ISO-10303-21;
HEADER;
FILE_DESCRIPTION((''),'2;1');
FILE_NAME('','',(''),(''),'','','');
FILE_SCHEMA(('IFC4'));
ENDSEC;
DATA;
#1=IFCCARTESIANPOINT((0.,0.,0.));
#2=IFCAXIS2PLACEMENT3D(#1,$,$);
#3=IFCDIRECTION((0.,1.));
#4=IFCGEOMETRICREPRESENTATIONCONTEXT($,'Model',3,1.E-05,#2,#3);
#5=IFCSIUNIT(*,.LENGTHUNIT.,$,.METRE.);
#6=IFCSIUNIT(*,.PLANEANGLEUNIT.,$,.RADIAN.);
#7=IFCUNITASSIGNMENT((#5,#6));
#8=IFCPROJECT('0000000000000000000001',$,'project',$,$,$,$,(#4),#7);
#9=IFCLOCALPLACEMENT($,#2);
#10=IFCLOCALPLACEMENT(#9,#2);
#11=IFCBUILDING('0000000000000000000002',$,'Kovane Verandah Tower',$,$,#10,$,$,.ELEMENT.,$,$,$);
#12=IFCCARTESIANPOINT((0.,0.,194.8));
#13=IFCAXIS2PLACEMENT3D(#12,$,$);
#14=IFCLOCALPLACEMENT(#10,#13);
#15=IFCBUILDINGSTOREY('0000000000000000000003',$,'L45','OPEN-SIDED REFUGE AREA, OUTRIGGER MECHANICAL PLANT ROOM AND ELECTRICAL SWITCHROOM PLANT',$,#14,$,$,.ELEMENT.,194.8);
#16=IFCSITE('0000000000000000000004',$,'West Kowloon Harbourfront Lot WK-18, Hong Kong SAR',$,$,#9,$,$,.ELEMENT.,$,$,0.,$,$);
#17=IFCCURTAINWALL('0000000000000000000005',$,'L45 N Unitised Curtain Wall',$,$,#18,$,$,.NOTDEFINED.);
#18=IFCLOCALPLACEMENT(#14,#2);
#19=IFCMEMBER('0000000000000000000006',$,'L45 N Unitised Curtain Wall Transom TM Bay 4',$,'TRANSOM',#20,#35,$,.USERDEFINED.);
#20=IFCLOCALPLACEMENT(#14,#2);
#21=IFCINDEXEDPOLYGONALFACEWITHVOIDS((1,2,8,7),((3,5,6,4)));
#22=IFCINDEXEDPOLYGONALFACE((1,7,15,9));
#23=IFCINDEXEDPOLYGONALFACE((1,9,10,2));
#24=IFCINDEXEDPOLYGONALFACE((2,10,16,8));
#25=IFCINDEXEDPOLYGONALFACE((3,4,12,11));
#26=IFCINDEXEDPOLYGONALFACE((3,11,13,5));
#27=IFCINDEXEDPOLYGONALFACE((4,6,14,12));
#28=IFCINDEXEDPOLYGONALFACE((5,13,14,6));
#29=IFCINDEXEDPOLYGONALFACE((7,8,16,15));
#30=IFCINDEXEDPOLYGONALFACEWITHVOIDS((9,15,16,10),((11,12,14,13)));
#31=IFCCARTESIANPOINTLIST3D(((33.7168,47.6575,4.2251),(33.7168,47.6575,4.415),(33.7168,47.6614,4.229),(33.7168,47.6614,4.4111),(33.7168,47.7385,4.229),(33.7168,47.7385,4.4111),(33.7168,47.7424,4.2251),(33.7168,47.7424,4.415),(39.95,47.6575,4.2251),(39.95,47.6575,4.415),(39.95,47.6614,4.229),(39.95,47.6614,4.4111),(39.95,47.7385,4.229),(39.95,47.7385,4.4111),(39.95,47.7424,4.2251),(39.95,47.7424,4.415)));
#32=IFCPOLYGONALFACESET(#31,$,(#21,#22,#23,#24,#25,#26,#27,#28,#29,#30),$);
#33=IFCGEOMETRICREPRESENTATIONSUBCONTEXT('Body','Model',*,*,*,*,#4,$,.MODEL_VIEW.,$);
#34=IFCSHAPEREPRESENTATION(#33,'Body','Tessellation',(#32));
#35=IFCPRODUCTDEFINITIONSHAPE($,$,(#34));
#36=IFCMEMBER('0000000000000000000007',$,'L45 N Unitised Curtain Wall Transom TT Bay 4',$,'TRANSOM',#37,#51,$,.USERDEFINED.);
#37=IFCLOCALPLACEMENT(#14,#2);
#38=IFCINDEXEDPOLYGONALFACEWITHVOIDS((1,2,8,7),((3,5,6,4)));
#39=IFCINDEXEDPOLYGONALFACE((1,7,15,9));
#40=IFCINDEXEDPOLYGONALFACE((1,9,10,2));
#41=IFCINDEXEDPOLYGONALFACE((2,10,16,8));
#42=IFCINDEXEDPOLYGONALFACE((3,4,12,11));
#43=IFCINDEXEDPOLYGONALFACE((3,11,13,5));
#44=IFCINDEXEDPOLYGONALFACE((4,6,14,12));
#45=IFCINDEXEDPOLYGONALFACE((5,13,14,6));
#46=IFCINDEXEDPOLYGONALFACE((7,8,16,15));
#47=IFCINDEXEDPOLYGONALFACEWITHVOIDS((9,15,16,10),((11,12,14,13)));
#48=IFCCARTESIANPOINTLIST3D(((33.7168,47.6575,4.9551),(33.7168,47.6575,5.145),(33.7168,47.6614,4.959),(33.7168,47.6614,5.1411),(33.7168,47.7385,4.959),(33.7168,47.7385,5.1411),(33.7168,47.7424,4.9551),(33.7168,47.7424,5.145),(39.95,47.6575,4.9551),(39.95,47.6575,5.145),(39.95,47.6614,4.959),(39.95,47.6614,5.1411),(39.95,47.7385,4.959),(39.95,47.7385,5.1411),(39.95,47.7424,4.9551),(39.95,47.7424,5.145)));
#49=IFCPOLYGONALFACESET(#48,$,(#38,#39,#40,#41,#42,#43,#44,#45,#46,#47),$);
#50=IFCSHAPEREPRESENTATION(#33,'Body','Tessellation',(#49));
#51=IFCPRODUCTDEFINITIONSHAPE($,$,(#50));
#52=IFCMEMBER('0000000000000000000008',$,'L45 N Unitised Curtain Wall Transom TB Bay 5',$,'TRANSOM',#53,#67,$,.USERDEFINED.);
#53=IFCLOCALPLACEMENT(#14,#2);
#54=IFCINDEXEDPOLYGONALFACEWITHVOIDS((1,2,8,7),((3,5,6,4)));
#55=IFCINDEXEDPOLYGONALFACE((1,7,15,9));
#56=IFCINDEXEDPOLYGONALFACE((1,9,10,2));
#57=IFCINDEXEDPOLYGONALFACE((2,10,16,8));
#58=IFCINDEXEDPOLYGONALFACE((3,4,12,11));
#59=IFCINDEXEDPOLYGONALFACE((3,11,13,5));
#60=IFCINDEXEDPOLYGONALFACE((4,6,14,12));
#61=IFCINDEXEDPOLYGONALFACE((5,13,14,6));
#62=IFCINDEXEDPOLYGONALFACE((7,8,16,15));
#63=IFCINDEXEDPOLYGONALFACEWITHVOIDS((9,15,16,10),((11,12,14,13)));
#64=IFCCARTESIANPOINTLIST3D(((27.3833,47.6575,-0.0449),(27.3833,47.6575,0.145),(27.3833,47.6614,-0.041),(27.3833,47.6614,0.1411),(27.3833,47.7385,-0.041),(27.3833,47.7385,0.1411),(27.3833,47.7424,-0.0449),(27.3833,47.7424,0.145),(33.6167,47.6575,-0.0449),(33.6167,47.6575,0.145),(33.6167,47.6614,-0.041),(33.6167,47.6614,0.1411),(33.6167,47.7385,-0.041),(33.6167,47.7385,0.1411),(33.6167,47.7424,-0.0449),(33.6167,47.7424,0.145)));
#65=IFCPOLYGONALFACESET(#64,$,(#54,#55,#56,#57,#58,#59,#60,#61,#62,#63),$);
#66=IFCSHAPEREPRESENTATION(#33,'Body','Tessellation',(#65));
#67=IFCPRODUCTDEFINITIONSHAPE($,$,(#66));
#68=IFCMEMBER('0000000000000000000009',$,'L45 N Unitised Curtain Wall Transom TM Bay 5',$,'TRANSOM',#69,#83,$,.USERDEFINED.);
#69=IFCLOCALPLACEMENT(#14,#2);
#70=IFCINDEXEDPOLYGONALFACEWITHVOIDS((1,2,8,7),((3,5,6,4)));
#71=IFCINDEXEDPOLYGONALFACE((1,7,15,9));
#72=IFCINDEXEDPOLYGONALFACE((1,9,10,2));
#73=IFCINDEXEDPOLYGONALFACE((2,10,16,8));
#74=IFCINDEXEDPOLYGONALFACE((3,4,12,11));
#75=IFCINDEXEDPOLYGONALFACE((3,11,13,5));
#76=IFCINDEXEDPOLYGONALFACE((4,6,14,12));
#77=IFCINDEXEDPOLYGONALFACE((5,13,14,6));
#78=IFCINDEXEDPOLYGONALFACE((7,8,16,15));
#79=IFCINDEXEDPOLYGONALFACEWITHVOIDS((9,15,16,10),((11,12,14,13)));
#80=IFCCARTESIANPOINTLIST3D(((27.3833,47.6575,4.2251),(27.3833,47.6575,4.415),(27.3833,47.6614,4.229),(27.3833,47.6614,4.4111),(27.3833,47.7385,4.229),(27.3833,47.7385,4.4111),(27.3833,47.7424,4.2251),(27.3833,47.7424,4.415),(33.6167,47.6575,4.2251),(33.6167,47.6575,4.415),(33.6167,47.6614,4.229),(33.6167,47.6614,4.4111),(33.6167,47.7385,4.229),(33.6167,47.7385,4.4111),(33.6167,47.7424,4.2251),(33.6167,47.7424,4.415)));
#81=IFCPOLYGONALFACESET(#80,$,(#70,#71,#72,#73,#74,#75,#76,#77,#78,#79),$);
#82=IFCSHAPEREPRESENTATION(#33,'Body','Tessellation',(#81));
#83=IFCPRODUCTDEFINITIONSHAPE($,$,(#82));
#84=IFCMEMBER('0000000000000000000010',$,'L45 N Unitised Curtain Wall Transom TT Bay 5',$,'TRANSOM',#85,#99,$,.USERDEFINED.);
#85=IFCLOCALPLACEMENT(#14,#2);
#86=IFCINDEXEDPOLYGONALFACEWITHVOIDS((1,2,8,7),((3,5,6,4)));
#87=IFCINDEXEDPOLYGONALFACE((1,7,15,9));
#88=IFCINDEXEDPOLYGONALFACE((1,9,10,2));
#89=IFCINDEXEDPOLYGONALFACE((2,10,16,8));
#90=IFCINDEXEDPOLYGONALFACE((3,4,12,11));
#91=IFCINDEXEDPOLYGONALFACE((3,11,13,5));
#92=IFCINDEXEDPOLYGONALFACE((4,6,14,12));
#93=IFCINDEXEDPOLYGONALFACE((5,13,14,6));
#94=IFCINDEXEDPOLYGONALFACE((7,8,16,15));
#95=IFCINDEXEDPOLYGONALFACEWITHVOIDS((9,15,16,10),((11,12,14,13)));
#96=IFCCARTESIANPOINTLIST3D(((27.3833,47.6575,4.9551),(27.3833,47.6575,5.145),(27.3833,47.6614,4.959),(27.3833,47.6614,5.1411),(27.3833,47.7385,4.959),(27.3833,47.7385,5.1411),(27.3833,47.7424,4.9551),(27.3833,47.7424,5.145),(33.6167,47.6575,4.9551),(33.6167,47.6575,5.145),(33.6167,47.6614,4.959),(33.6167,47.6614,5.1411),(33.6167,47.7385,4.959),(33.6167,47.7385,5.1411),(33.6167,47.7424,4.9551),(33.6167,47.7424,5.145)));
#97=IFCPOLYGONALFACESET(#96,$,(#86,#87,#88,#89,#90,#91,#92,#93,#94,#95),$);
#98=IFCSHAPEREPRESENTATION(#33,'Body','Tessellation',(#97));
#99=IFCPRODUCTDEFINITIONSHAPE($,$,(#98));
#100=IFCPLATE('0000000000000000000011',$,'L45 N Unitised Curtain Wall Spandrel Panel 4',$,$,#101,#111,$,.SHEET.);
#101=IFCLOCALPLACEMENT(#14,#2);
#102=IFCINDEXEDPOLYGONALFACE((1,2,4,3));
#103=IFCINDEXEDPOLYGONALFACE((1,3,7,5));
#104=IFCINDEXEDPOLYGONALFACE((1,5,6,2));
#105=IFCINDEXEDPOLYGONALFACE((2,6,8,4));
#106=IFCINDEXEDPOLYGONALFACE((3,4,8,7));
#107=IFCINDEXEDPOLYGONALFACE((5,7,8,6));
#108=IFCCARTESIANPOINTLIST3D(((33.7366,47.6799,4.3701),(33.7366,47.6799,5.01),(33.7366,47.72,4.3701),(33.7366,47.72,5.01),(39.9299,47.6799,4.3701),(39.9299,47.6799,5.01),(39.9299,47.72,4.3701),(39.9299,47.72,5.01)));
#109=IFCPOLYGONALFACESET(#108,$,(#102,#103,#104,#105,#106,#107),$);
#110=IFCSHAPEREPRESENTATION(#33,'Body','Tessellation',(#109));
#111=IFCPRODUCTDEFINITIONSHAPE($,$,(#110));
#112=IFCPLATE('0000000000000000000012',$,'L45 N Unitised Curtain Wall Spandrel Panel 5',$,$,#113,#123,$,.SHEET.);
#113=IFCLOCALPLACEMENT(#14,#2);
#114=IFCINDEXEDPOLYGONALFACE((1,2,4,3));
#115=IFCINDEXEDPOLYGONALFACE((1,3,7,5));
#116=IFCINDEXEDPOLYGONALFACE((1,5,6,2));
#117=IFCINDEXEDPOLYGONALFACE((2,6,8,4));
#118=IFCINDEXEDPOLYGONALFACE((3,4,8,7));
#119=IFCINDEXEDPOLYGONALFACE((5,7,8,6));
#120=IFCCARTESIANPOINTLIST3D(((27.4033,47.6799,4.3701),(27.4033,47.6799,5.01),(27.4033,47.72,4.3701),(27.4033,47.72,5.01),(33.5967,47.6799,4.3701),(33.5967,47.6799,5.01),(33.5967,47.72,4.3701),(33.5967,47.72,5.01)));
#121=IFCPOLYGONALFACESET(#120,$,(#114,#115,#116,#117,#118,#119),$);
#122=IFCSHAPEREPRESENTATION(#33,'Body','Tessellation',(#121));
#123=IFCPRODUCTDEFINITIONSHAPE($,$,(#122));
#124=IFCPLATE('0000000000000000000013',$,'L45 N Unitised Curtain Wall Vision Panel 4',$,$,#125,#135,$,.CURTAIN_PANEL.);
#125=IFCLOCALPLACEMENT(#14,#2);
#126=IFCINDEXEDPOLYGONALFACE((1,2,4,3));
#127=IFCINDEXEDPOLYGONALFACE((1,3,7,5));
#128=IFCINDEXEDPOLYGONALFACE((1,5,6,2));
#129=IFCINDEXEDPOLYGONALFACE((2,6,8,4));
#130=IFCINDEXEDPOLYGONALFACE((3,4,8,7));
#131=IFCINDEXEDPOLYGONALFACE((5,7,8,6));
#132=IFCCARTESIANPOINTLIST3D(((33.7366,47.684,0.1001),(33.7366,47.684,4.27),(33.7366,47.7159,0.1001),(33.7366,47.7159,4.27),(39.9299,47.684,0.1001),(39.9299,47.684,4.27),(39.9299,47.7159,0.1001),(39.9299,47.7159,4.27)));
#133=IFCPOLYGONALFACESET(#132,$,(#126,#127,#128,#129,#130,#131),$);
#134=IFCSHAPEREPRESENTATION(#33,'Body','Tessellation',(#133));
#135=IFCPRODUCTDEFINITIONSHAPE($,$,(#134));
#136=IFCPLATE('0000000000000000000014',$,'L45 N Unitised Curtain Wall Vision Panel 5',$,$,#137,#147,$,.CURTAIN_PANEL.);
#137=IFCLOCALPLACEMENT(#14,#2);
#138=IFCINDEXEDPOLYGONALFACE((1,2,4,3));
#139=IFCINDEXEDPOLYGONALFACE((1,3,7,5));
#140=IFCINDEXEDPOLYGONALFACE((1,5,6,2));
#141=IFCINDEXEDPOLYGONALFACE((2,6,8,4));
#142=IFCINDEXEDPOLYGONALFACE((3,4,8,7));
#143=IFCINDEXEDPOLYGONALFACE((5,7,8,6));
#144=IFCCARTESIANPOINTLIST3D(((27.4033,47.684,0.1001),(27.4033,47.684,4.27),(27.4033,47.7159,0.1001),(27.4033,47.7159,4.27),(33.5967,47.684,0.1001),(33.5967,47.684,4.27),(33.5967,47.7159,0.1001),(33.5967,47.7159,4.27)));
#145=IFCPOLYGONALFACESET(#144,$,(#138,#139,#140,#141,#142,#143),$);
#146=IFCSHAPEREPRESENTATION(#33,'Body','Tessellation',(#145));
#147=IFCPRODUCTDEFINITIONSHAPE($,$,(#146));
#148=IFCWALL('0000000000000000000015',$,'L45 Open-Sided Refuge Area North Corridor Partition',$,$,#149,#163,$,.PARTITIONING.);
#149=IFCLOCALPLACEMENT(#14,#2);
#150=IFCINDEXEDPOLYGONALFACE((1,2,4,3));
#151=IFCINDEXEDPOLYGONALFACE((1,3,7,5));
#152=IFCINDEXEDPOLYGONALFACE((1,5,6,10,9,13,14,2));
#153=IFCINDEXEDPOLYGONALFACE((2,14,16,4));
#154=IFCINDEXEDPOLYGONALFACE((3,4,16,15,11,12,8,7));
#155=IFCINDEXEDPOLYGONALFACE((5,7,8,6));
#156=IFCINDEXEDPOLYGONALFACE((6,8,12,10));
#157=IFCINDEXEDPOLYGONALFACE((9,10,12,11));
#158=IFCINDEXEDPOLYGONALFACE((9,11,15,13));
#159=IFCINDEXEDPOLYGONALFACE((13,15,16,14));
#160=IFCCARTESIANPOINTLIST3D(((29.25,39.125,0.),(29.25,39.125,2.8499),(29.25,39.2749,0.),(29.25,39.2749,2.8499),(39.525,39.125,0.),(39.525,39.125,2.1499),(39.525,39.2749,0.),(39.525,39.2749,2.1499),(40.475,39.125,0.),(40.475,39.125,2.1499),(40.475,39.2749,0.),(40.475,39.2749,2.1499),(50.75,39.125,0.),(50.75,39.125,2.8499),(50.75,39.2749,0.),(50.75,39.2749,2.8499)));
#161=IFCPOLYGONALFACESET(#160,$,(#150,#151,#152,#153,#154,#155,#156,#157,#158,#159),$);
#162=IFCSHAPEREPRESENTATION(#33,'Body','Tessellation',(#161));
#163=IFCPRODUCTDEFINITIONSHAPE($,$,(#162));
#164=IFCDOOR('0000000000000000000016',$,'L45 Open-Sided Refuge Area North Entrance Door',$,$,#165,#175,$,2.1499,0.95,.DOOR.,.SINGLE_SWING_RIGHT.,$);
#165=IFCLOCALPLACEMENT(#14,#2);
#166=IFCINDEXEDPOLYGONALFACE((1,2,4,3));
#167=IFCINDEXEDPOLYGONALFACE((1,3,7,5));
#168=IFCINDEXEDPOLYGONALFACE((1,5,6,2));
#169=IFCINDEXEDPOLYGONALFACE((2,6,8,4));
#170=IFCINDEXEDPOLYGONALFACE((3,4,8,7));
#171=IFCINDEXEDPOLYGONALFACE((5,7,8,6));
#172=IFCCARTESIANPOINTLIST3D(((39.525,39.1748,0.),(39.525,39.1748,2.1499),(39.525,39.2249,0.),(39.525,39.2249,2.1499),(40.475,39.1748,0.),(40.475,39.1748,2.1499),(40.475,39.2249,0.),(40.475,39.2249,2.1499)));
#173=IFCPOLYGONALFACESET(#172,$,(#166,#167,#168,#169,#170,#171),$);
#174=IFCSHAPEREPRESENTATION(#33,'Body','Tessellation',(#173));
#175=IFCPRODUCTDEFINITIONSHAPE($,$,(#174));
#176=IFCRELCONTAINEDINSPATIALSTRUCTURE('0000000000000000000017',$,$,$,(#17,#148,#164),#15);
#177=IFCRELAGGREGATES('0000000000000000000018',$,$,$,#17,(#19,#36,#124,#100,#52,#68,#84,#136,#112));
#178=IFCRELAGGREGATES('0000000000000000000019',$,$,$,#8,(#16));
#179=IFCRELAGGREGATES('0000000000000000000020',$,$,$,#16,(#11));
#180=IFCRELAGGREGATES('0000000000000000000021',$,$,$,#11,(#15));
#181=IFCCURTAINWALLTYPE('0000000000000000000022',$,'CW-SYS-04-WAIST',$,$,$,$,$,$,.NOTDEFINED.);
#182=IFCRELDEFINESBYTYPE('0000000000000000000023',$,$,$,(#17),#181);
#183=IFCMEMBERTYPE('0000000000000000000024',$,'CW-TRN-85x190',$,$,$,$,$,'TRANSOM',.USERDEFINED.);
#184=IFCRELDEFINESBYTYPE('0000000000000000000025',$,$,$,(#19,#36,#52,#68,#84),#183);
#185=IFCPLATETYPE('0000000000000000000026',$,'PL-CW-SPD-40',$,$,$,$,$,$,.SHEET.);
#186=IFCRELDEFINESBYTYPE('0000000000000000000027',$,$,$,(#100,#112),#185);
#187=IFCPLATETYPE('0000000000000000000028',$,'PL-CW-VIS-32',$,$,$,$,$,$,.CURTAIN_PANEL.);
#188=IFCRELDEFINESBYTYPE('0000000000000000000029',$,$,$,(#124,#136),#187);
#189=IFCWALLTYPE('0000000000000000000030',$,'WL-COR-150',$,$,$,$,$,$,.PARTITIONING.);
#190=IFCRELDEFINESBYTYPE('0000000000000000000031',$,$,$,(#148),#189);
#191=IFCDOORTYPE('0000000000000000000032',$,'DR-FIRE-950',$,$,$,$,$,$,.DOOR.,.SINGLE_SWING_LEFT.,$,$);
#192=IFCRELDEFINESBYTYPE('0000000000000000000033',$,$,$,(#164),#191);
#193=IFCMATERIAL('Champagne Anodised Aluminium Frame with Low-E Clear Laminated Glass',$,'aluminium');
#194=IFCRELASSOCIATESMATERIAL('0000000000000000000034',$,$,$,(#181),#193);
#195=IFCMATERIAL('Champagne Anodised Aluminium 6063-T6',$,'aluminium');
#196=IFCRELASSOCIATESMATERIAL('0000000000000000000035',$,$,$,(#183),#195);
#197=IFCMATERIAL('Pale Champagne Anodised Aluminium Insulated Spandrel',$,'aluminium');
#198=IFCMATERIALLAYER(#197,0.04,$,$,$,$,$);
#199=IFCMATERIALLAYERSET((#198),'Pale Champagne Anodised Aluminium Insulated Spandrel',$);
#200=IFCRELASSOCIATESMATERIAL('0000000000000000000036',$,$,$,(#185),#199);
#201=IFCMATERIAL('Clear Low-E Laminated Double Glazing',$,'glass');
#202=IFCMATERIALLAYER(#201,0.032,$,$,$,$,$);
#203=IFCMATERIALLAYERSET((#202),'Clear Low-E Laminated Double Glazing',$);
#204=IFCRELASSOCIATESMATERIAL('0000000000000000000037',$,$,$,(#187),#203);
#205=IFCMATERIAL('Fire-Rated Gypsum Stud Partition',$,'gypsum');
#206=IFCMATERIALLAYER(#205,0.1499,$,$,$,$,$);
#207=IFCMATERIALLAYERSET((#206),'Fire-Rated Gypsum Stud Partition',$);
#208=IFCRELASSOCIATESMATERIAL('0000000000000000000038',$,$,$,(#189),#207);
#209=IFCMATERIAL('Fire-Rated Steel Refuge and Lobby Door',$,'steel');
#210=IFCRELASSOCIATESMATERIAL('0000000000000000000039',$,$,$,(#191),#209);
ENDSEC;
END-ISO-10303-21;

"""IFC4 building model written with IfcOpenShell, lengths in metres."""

from ifc_helpers import new_model, si_unit, direction, frame, frame_2d, origin, origin_2d, place, context, subcontext, project, spatial, rectangle, hollow_rectangle, extrude, material, layer, layer_set, material_profile, profile_set, type_object, element, fill, aggregate, save


model = new_model("IFC4")

# Units and contexts
model_context = context("Model", 3, precision=1e-05, world=origin(), true_north=direction((0.0, 1.0)))
body_context = subcontext(model_context, "Body", "Model", "MODEL_VIEW")
ifc_project = project(units=[si_unit("LENGTHUNIT", "METRE"), si_unit("PLANEANGLEUNIT", "RADIAN")], contexts=[model_context])

# Site, building, storey
site_placement = place(None, origin())
site = spatial("IfcSite", under=ifc_project, at=site_placement, Name="West Kowloon Harbourfront Lot WK-18, Hong Kong SAR", CompositionType="ELEMENT", RefElevation=0.0)
building_placement = place(site_placement, origin())
building = spatial("IfcBuilding", under=site, at=building_placement, Name="Kovane Verandah Tower", CompositionType="ELEMENT")
storey_placement = place(building_placement, frame((0.0, 0.0, 194.8)))
storey = spatial("IfcBuildingStorey", under=building, at=storey_placement, Name="L45", Description="OPEN-SIDED REFUGE AREA, OUTRIGGER MECHANICAL PLANT ROOM AND ELECTRICAL SWITCHROOM PLANT", CompositionType="ELEMENT", Elevation=194.8)

# Curtain wall, members, plates
ifc_material_1 = material(Name="Champagne Anodised Aluminium Frame with Low-E Clear Laminated Glass", Category="aluminium")
curtain_wall_type = type_object("IfcCurtainWallType", Name="CW-SYS-04-WAIST", PredefinedType="NOTDEFINED", material=ifc_material_1)
curtain_wall_placement = place(storey_placement, origin())
curtain_wall = element("IfcCurtainWall", 1, at=curtain_wall_placement, inside=storey, type_object=curtain_wall_type, Name="L45 N Unitised Curtain Wall", PredefinedType="NOTDEFINED")
ifc_material_2 = material(Name="Champagne Anodised Aluminium 6063-T6", Category="aluminium")
ifc_material_profile_1 = material_profile(ifc_material_2, hollow_rectangle(XDim=0.085, YDim=0.1899, WallThickness=0.0039, at=origin_2d()), Name="AL85x190x4")
ifc_profile_set_1 = profile_set([ifc_material_profile_1], Name="Champagne Anodised Aluminium 6063-T6")
member_type_1 = type_object("IfcMemberType", Name="CW-TRN-85x190", ElementType="TRANSOM", PredefinedType="USERDEFINED", material=ifc_profile_set_1)
member_1_placement = place(storey_placement, frame((39.95, 47.7, 4.3201), z_axis=(-1.0, 0.0, 0.0), x_axis=(0.0, -1.0, 0.0)))
member_1 = element("IfcMember", 2, at=member_1_placement, type_object=member_type_1, Name="L45 N Unitised Curtain Wall Transom TM Bay 4", ObjectType="TRANSOM", PredefinedType="USERDEFINED", context=body_context, shape_type="SweptSolid", body=[
    extrude(hollow_rectangle(XDim=0.085, YDim=0.1899, WallThickness=0.0039, at=origin_2d()), origin(), (0.0, 0.0, 1.0), 6.2332),
])
member_2_placement = place(storey_placement, frame((39.95, 47.7, 5.05), z_axis=(-1.0, 0.0, 0.0), x_axis=(0.0, -1.0, 0.0)))
member_2 = element("IfcMember", 3, at=member_2_placement, type_object=member_type_1, Name="L45 N Unitised Curtain Wall Transom TT Bay 4", ObjectType="TRANSOM", PredefinedType="USERDEFINED", context=body_context, shape_type="SweptSolid", body=[
    extrude(hollow_rectangle(XDim=0.085, YDim=0.1899, WallThickness=0.0039, at=origin_2d()), origin(), (0.0, 0.0, 1.0), 6.2332),
])
member_3_placement = place(storey_placement, frame((33.6167, 47.7, 0.05), z_axis=(-1.0, 0.0, 0.0), x_axis=(0.0, -1.0, 0.0)))
member_3 = element("IfcMember", 4, at=member_3_placement, type_object=member_type_1, Name="L45 N Unitised Curtain Wall Transom TB Bay 5", ObjectType="TRANSOM", PredefinedType="USERDEFINED", context=body_context, shape_type="SweptSolid", body=[
    extrude(hollow_rectangle(XDim=0.085, YDim=0.1899, WallThickness=0.0039, at=origin_2d()), origin(), (0.0, 0.0, 1.0), 6.2334),
])
member_4_placement = place(storey_placement, frame((33.6167, 47.7, 4.3201), z_axis=(-1.0, 0.0, 0.0), x_axis=(0.0, -1.0, 0.0)))
member_4 = element("IfcMember", 5, at=member_4_placement, type_object=member_type_1, Name="L45 N Unitised Curtain Wall Transom TM Bay 5", ObjectType="TRANSOM", PredefinedType="USERDEFINED", context=body_context, shape_type="SweptSolid", body=[
    extrude(hollow_rectangle(XDim=0.085, YDim=0.1899, WallThickness=0.0039, at=origin_2d()), origin(), (0.0, 0.0, 1.0), 6.2334),
])
member_5_placement = place(storey_placement, frame((33.6167, 47.7, 5.05), z_axis=(-1.0, 0.0, 0.0), x_axis=(0.0, -1.0, 0.0)))
member_5 = element("IfcMember", 6, at=member_5_placement, type_object=member_type_1, Name="L45 N Unitised Curtain Wall Transom TT Bay 5", ObjectType="TRANSOM", PredefinedType="USERDEFINED", context=body_context, shape_type="SweptSolid", body=[
    extrude(hollow_rectangle(XDim=0.085, YDim=0.1899, WallThickness=0.0039, at=origin_2d()), origin(), (0.0, 0.0, 1.0), 6.2334),
])
ifc_material_3 = material(Name="Pale Champagne Anodised Aluminium Insulated Spandrel", Category="aluminium")
ifc_layer_1 = layer(ifc_material_3, 0.04)
ifc_layer_set_1 = layer_set([ifc_layer_1], Name="Pale Champagne Anodised Aluminium Insulated Spandrel")
plate_type_1 = type_object("IfcPlateType", Name="PL-CW-SPD-40", PredefinedType="SHEET", material=ifc_layer_set_1)
plate_1_placement = place(storey_placement, frame((36.8333, 47.7, 4.3701), z_axis=(0.0, 0.0, 1.0), x_axis=(-1.0, 0.0, 0.0)))
plate_1 = element("IfcPlate", 7, at=plate_1_placement, type_object=plate_type_1, Name="L45 N Unitised Curtain Wall Spandrel Panel 4", PredefinedType="SHEET", context=body_context, shape_type="SweptSolid", body=[
    extrude(rectangle(XDim=6.1934, YDim=0.04, at=origin_2d()), origin(), (0.0, 0.0, 1.0), 0.6399),
])
plate_2_placement = place(storey_placement, frame((30.5, 47.7, 4.3701), z_axis=(0.0, 0.0, 1.0), x_axis=(-1.0, 0.0, 0.0)))
plate_2 = element("IfcPlate", 8, at=plate_2_placement, type_object=plate_type_1, Name="L45 N Unitised Curtain Wall Spandrel Panel 5", PredefinedType="SHEET", context=body_context, shape_type="SweptSolid", body=[
    extrude(rectangle(XDim=6.1934, YDim=0.04, at=origin_2d()), origin(), (0.0, 0.0, 1.0), 0.6399),
])
ifc_material_4 = material(Name="Clear Low-E Laminated Double Glazing", Category="glass")
ifc_layer_2 = layer(ifc_material_4, 0.032)
ifc_layer_set_2 = layer_set([ifc_layer_2], Name="Clear Low-E Laminated Double Glazing")
plate_type_2 = type_object("IfcPlateType", Name="PL-CW-VIS-32", PredefinedType="CURTAIN_PANEL", material=ifc_layer_set_2)
plate_3_placement = place(storey_placement, frame((36.8333, 47.7, 0.1001), z_axis=(0.0, 0.0, 1.0), x_axis=(-1.0, 0.0, 0.0)))
plate_3 = element("IfcPlate", 9, at=plate_3_placement, type_object=plate_type_2, Name="L45 N Unitised Curtain Wall Vision Panel 4", PredefinedType="CURTAIN_PANEL", context=body_context, shape_type="SweptSolid", body=[
    extrude(rectangle(XDim=6.1934, YDim=0.032, at=origin_2d()), origin(), (0.0, 0.0, 1.0), 4.1699),
])
plate_4_placement = place(storey_placement, frame((30.5, 47.7, 0.1001), z_axis=(0.0, 0.0, 1.0), x_axis=(-1.0, 0.0, 0.0)))
plate_4 = element("IfcPlate", 10, at=plate_4_placement, type_object=plate_type_2, Name="L45 N Unitised Curtain Wall Vision Panel 5", PredefinedType="CURTAIN_PANEL", context=body_context, shape_type="SweptSolid", body=[
    extrude(rectangle(XDim=6.1934, YDim=0.032, at=origin_2d()), origin(), (0.0, 0.0, 1.0), 4.1699),
])
aggregate(curtain_wall, [member_1, member_2, plate_3, plate_1, member_3, member_4, member_5, plate_4, plate_2])

# Wall, opening, door
ifc_material_5 = material(Name="Fire-Rated Gypsum Stud Partition", Category="gypsum")
ifc_layer_3 = layer(ifc_material_5, 0.1499)
ifc_layer_set_3 = layer_set([ifc_layer_3], Name="Fire-Rated Gypsum Stud Partition")
wall_type_1 = type_object("IfcWallType", Name="WL-COR-150", PredefinedType="PARTITIONING", material=ifc_layer_set_3)
ifc_material_6 = material(Name="Fire-Rated Steel Refuge and Lobby Door", Category="steel")
door_type_1 = type_object("IfcDoorType", Name="DR-FIRE-950", OperationType="SINGLE_SWING_LEFT", PredefinedType="DOOR", material=ifc_material_6)
wall_1_placement = place(storey_placement, frame((29.25, 39.2, 0.0), z_axis=(0.0, 0.0, 1.0), x_axis=(1.0, 0.0, 0.0)))
wall_1 = element("IfcWall", 11, at=wall_1_placement, inside=storey, type_object=wall_type_1, Name="L45 Open-Sided Refuge Area North Corridor Partition", PredefinedType="PARTITIONING", context=body_context, shape_type="SweptSolid", body=[
    extrude(rectangle(XDim=21.5, YDim=0.1499, at=frame_2d((10.75, 0.0))), origin(), (0.0, 0.0, 1.0), 2.8499),
])
opening_1_placement = place(wall_1_placement, frame((10.2749, 0.0, 0.0)))
opening_1 = element("IfcOpeningElement", 12, at=opening_1_placement, cuts=wall_1, PredefinedType="OPENING", context=body_context, shape_type="SweptSolid", body=[
    extrude(rectangle(XDim=0.95, YDim=2.1499, at=frame_2d((0.4751, 1.075))), frame((0.0, 0.075, 0.0), z_axis=(0.0, -1.0, 0.0), x_axis=(1.0, 0.0, 0.0)), (0.0, 0.0, 1.0), 0.1499),
])
door_1_placement = place(opening_1_placement, origin())
door_1 = element("IfcDoor", 13, at=door_1_placement, inside=storey, type_object=door_type_1, Name="L45 Open-Sided Refuge Area North Entrance Door", OperationType="SINGLE_SWING_RIGHT", OverallHeight=2.1499, OverallWidth=0.95, PredefinedType="DOOR", context=body_context, shape_type="SweptSolid", body=[
    extrude(rectangle(XDim=0.95, YDim=2.1499, at=frame_2d((0.4751, 1.075))), frame((0.0, 0.0249, 0.0), z_axis=(0.0, -1.0, 0.0), x_axis=(1.0, 0.0, 0.0)), (0.0, 0.0, 1.0), 0.05),
])
fill(opening_1, door_1)

save(model, "model.ifc")
